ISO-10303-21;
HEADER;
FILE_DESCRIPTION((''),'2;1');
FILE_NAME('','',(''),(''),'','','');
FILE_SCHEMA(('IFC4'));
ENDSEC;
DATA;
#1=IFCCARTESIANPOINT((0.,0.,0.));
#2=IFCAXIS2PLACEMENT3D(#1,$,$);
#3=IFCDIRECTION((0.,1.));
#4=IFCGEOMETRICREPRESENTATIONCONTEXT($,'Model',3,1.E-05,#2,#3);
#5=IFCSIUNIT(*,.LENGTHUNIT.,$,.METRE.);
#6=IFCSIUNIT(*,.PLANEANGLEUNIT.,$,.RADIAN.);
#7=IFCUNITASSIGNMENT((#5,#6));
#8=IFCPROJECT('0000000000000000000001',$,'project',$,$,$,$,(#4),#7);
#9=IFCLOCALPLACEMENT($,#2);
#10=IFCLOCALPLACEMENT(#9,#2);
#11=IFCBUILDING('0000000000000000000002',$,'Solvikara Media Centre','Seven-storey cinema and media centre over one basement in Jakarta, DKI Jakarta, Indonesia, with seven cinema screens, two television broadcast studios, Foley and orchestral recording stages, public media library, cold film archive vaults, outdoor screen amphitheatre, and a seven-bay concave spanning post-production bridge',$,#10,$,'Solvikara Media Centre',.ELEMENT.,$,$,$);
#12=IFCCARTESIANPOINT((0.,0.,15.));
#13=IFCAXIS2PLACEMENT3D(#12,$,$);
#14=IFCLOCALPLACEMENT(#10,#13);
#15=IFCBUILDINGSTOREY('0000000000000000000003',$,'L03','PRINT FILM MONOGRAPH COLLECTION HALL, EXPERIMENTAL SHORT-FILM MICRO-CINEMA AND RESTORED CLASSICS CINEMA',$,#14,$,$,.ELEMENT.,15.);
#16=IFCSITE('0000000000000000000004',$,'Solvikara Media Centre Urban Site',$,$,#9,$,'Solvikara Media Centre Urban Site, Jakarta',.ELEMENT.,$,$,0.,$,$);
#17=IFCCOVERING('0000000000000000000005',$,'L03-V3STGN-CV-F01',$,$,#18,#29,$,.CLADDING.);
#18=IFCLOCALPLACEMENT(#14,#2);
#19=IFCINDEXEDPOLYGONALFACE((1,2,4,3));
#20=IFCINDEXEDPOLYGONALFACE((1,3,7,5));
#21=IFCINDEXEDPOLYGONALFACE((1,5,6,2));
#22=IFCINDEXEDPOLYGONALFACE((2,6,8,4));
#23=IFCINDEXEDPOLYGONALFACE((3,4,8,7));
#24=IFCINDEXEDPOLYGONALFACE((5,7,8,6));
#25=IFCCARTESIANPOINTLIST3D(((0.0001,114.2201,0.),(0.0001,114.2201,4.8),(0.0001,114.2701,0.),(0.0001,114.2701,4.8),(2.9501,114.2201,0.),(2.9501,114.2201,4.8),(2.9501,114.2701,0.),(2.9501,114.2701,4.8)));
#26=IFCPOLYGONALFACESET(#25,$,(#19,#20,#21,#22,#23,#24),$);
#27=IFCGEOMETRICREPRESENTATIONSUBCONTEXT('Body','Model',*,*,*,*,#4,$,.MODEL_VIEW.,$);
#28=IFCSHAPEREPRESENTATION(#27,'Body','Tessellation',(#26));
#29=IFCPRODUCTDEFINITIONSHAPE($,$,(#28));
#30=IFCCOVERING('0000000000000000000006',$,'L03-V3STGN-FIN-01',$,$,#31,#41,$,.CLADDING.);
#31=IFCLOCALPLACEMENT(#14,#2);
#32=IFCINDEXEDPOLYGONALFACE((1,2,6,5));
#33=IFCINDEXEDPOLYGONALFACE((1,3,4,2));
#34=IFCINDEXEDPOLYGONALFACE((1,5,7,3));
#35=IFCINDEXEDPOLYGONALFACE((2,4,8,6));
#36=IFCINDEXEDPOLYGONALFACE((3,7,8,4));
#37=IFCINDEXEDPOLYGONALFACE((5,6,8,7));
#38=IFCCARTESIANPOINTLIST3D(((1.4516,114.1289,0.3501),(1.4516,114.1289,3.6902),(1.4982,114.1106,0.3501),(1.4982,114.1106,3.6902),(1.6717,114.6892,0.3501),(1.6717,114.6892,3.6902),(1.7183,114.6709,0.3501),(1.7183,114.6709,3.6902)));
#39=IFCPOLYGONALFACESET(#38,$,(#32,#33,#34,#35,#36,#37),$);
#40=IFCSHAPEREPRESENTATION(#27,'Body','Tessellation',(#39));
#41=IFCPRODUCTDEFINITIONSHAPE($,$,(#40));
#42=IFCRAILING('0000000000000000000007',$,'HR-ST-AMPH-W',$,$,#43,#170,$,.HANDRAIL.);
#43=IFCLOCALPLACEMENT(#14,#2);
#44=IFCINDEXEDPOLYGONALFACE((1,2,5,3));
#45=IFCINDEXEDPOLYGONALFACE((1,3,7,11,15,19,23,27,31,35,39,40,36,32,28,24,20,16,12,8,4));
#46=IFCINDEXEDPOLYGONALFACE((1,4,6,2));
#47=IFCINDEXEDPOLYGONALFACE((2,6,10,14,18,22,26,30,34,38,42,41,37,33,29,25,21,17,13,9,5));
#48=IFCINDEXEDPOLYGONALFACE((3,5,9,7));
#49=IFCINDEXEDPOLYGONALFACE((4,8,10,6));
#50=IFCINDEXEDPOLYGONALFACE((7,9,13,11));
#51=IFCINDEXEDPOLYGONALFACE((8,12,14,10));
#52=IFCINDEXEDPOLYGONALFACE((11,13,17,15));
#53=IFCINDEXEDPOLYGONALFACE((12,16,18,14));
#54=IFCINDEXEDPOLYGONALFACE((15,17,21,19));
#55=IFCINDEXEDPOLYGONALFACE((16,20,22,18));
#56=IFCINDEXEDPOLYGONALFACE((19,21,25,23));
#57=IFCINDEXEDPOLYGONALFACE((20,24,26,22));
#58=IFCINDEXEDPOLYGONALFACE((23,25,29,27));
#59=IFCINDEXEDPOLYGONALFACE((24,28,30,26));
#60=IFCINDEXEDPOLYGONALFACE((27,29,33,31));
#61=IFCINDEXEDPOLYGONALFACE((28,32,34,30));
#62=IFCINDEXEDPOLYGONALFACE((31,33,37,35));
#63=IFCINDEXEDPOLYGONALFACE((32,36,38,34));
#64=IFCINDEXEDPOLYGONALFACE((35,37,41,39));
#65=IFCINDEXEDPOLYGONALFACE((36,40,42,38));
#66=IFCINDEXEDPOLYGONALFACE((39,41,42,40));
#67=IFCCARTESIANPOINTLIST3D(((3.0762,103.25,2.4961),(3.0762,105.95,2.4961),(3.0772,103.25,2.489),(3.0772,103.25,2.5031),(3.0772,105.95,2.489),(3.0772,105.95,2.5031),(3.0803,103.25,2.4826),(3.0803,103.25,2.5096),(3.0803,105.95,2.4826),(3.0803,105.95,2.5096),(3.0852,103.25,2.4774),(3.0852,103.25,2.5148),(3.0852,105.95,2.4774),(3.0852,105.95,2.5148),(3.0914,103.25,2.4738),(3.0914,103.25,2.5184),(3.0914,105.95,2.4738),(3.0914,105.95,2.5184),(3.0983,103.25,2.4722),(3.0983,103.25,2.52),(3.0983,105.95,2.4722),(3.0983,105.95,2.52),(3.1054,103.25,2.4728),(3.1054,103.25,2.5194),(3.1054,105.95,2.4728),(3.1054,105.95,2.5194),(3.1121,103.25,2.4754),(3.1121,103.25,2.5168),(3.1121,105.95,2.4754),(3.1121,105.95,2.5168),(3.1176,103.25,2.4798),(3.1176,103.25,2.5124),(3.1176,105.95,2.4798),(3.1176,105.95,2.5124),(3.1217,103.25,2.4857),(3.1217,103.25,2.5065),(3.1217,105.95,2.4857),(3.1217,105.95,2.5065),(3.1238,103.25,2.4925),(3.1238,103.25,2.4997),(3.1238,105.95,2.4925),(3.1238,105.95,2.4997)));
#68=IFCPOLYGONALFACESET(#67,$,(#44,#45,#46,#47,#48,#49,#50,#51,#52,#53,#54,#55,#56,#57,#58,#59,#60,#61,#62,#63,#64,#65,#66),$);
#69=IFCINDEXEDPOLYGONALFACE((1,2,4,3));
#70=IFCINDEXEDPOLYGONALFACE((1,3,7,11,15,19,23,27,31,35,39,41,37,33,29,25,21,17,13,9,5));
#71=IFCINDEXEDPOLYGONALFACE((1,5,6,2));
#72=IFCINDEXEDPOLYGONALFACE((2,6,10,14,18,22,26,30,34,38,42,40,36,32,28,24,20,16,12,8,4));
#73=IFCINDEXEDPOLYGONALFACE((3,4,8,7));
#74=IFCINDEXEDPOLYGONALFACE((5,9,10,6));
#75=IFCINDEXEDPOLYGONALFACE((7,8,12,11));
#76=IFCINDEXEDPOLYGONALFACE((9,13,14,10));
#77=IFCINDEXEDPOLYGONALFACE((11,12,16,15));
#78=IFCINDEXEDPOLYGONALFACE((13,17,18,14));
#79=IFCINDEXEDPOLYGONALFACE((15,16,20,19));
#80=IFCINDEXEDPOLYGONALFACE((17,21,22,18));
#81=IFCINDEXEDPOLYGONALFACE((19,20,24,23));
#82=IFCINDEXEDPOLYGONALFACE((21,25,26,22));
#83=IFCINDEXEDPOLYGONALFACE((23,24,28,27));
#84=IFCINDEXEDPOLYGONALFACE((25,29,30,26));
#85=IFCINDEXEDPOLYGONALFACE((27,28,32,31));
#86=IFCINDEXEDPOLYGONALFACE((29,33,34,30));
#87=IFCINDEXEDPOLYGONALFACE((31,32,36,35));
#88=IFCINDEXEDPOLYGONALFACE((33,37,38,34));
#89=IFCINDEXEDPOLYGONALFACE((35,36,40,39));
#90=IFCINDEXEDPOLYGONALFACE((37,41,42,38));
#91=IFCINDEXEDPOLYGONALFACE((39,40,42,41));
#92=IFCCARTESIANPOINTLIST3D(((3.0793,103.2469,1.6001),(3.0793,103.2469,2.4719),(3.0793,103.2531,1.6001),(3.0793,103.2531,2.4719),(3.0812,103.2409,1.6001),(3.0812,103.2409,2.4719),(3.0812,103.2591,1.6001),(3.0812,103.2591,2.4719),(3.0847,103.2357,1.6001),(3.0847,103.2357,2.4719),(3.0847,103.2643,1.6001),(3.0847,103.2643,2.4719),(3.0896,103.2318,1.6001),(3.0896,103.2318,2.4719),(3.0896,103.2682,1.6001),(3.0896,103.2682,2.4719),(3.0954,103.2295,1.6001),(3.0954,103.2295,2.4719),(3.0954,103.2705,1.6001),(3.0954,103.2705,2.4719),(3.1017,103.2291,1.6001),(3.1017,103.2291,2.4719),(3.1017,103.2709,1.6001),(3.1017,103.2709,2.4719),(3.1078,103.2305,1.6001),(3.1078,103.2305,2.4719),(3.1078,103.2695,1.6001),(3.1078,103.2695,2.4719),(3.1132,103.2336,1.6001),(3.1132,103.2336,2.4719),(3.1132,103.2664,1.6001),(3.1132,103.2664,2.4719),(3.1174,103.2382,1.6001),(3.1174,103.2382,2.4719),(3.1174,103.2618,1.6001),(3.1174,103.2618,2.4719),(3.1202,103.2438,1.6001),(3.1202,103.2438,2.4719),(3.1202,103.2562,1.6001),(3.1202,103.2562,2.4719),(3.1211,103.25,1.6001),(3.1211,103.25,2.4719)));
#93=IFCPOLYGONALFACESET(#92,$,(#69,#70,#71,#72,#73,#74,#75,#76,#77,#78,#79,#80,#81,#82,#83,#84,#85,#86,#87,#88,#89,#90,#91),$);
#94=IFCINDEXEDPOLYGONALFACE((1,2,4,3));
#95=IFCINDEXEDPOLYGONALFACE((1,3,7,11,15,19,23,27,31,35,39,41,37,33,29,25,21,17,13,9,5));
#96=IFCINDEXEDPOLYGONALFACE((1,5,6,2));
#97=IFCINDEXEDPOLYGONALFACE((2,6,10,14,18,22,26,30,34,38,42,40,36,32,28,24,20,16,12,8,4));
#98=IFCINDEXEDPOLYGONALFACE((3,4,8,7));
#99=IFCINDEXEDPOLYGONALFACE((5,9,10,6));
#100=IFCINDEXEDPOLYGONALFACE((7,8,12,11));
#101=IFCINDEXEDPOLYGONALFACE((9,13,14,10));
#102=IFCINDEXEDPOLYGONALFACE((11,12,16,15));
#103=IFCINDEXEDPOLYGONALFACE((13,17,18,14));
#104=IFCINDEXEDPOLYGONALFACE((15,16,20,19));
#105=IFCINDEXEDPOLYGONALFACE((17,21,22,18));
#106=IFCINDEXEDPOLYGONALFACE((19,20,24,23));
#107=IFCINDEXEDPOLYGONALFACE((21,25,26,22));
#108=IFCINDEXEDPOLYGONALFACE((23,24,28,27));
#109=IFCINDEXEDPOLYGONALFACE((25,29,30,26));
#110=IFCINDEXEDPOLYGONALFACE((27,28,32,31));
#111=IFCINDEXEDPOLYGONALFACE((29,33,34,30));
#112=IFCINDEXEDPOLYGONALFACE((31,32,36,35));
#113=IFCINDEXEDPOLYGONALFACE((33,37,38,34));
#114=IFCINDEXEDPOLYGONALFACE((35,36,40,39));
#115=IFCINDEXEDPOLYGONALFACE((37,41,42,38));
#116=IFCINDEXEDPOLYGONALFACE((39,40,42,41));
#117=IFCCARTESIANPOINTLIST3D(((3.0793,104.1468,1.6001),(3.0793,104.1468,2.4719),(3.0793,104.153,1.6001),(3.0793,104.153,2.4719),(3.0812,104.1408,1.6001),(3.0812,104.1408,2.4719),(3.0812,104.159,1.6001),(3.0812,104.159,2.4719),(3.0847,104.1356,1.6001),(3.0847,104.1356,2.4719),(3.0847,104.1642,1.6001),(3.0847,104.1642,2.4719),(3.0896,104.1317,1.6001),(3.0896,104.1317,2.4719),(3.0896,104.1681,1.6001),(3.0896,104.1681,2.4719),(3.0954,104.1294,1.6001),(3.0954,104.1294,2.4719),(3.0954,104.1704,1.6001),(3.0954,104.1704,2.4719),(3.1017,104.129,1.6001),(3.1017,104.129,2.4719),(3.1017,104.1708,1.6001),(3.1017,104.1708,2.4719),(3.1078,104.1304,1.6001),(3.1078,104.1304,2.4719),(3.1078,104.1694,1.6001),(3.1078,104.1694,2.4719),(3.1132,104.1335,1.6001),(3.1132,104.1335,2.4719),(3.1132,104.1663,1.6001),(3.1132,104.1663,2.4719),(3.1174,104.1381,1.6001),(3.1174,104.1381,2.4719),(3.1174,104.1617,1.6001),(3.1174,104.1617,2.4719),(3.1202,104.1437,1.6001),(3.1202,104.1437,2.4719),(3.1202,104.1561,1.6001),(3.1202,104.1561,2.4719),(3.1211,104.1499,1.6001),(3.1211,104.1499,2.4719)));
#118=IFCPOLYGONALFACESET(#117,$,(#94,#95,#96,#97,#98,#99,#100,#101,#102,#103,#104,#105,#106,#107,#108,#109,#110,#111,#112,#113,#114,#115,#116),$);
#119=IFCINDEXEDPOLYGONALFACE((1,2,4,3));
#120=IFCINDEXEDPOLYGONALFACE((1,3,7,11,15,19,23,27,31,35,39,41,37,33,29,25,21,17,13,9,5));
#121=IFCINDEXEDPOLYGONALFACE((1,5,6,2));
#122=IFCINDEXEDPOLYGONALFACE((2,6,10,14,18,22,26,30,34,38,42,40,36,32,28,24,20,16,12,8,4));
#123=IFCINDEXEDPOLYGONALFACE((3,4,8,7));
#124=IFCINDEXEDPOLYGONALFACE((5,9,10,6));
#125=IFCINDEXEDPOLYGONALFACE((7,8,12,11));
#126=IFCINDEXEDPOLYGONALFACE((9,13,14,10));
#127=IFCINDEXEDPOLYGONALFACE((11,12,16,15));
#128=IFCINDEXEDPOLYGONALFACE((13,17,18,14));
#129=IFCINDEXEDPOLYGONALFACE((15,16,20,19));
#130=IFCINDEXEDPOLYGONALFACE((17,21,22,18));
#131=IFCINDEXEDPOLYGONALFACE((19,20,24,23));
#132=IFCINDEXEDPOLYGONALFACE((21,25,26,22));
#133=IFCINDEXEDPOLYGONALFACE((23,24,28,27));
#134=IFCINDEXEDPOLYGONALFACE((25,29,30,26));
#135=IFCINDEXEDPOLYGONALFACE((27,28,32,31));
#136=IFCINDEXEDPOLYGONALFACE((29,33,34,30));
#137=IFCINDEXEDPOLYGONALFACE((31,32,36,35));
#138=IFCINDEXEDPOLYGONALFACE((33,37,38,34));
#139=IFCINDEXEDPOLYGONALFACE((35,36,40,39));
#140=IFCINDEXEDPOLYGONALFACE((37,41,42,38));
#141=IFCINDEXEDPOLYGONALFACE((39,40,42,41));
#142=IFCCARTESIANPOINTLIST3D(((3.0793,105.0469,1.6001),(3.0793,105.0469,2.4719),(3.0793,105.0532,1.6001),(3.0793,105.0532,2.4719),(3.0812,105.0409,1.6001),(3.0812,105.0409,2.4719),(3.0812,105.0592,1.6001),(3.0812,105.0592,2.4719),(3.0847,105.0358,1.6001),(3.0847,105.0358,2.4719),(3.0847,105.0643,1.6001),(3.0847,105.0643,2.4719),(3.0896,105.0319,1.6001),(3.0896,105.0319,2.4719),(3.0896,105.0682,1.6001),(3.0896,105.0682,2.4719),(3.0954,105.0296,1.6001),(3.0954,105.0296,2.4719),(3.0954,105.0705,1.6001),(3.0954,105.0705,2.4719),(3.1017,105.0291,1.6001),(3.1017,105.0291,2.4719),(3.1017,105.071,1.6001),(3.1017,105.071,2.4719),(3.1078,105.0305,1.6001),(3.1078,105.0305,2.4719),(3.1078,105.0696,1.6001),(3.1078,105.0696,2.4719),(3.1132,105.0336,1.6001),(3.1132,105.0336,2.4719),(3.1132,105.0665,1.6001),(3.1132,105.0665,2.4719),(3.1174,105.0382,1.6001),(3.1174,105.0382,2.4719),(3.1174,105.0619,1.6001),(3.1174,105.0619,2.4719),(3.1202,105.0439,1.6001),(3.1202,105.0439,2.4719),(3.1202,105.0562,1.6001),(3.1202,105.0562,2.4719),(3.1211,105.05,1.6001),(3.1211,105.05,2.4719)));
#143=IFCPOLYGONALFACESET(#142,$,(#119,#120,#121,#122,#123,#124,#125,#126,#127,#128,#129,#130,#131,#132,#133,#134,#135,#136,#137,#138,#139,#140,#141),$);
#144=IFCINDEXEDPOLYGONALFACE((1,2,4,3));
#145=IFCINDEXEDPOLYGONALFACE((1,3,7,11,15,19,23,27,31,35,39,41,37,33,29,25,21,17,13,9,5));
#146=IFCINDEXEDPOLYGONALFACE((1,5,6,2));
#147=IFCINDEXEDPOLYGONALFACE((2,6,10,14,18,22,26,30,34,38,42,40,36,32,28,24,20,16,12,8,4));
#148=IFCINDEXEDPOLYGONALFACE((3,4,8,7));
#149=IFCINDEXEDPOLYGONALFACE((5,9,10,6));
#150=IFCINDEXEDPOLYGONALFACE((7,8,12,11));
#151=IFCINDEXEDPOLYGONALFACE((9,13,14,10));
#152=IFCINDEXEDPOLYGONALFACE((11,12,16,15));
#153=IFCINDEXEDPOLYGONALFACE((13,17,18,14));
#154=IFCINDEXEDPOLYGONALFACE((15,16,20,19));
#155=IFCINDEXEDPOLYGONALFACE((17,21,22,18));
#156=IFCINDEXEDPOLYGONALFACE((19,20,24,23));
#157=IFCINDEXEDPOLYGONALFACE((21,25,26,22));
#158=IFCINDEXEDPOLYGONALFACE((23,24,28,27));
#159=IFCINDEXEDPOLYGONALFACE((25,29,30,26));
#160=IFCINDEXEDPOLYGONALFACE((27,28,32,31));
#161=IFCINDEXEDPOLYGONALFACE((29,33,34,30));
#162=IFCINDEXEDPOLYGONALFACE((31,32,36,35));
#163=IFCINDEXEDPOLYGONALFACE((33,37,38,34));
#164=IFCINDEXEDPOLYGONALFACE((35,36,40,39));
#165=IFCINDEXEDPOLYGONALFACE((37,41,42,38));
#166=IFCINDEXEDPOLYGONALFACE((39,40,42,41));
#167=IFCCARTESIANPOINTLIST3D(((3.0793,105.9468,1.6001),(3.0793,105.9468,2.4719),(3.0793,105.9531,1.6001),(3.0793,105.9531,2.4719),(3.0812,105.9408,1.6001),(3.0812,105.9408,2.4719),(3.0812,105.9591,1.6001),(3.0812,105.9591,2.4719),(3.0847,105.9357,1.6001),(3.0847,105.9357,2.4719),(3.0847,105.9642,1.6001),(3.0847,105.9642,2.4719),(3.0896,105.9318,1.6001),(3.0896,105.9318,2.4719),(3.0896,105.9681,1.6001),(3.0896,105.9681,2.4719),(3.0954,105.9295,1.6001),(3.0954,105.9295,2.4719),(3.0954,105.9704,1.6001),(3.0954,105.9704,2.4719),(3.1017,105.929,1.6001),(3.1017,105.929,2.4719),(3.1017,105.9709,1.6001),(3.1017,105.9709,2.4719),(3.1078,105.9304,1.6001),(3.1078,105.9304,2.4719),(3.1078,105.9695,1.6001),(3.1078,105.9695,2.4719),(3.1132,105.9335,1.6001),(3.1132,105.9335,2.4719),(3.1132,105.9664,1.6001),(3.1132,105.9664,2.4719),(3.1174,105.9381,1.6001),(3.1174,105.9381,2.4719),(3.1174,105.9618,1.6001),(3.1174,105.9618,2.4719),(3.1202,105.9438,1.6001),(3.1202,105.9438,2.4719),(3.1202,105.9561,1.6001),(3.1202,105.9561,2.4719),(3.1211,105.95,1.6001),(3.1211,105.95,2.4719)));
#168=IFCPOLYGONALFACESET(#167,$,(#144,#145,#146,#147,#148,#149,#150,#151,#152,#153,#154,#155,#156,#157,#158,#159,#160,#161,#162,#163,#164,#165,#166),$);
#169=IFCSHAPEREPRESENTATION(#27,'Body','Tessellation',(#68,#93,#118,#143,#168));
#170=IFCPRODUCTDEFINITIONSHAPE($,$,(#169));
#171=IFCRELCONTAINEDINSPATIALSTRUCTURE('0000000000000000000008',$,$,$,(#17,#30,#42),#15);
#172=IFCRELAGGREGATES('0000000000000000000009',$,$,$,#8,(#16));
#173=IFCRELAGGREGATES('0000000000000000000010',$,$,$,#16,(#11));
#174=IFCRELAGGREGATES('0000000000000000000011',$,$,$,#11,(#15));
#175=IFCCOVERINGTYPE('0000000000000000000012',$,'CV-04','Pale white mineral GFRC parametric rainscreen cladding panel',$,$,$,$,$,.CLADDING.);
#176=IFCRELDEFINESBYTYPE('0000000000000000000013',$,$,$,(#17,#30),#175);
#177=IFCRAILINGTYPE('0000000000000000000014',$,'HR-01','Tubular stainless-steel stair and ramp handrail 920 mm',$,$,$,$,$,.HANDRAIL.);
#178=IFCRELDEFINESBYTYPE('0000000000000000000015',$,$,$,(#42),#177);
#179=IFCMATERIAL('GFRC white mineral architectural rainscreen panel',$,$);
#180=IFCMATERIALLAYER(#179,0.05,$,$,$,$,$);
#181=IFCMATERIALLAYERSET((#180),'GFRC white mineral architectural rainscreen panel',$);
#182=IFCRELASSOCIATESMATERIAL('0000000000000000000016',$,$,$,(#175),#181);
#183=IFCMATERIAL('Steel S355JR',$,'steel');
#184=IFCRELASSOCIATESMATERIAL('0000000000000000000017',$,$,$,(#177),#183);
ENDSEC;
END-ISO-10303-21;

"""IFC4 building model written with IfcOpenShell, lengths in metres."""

from ifc_helpers import new_model, si_unit, direction, frame, origin, origin_2d, place, context, subcontext, project, spatial, rectangle, circle, extrude, material, layer, layer_set, type_object, element, save


model = new_model("IFC4")

# Units and contexts
model_context = context("Model", 3, precision=1e-05, world=origin(), true_north=direction((0.0, 1.0)))
body_context = subcontext(model_context, "Body", "Model", "MODEL_VIEW")
ifc_project = project(units=[si_unit("LENGTHUNIT", "METRE"), si_unit("PLANEANGLEUNIT", "RADIAN")], contexts=[model_context])

# Site, building, storey
site_placement = place(None, origin())
site = spatial("IfcSite", under=ifc_project, at=site_placement, Name="Solvikara Media Centre Urban Site", LongName="Solvikara Media Centre Urban Site, Jakarta", CompositionType="ELEMENT", RefElevation=0.0)
building_placement = place(site_placement, origin())
building = spatial("IfcBuilding", under=site, at=building_placement, Name="Solvikara Media Centre", Description="Seven-storey cinema and media centre over one basement in Jakarta, DKI Jakarta, Indonesia, with seven cinema screens, two television broadcast studios, Foley and orchestral recording stages, public media library, cold film archive vaults, outdoor screen amphitheatre, and a seven-bay concave spanning post-production bridge", LongName="Solvikara Media Centre", CompositionType="ELEMENT")
storey_placement = place(building_placement, frame((0.0, 0.0, 15.0)))
storey = spatial("IfcBuildingStorey", under=building, at=storey_placement, Name="L03", Description="PRINT FILM MONOGRAPH COLLECTION HALL, EXPERIMENTAL SHORT-FILM MICRO-CINEMA AND RESTORED CLASSICS CINEMA", CompositionType="ELEMENT", Elevation=15.0)

# Shared definitions
ifc_material_1 = material(Name="Steel S355JR", Category="steel")

# Coverings
ifc_material_2 = material(Name="GFRC white mineral architectural rainscreen panel")
ifc_layer_1 = layer(ifc_material_2, 0.05)
ifc_layer_set_1 = layer_set([ifc_layer_1], Name="GFRC white mineral architectural rainscreen panel")
covering_type = type_object("IfcCoveringType", Name="CV-04", Description="Pale white mineral GFRC parametric rainscreen cladding panel", PredefinedType="CLADDING", material=ifc_layer_set_1)
covering_1_placement = place(storey_placement, frame((1.4751, 114.2451, 0.0), z_axis=(0.0, 0.0, 1.0), x_axis=(1.0, 0.0, 0.0)))
element("IfcCovering", 1, at=covering_1_placement, inside=storey, type_object=covering_type, Name="L03-V3STGN-CV-F01", PredefinedType="CLADDING", context=body_context, shape_type="SweptSolid", body=[
    extrude(rectangle(XDim=2.95, YDim=0.05, at=origin_2d()), origin(), (0.0, 0.0, 1.0), 4.8),
])
covering_2_placement = place(storey_placement, frame((1.585, 114.3999, 0.3501), z_axis=(0.0, 0.0, 1.0), x_axis=(0.365657, 0.93075, 0.0)))
element("IfcCovering", 2, at=covering_2_placement, inside=storey, type_object=covering_type, Name="L03-V3STGN-FIN-01", PredefinedType="CLADDING", context=body_context, shape_type="SweptSolid", body=[
    extrude(rectangle(XDim=0.6021, YDim=0.05, at=origin_2d()), origin(), (0.0, 0.0, 1.0), 3.3401),
])

# Railing
railing_type = type_object("IfcRailingType", Name="HR-01", Description="Tubular stainless-steel stair and ramp handrail 920 mm", PredefinedType="HANDRAIL", material=ifc_material_1)
railing_placement = place(storey_placement, frame((3.1001, 103.25, 1.6001)))
element("IfcRailing", 3, at=railing_placement, inside=storey, type_object=railing_type, Name="HR-ST-AMPH-W", PredefinedType="HANDRAIL", context=body_context, shape_type="SweptSolid", body=[
    extrude(circle(Radius=0.0239, at=origin_2d()), frame((0.0, 0.0, 0.896), z_axis=(0.0, 1.0, 0.0), x_axis=(-1.0, 0.0, 0.0)), (0.0, 0.0, 1.0), 2.7),
    extrude(circle(Radius=0.021, at=origin_2d()), origin(), (0.0, 0.0, 1.0), 0.8718),
    extrude(circle(Radius=0.021, at=origin_2d()), frame((0.0, 0.8999, 0.0)), (0.0, 0.0, 1.0), 0.8718),
    extrude(circle(Radius=0.021, at=origin_2d()), frame((0.0, 1.8, 0.0)), (0.0, 0.0, 1.0), 0.8718),
    extrude(circle(Radius=0.021, at=origin_2d()), frame((0.0, 2.7, 0.0)), (0.0, 0.0, 1.0), 0.8718),
])

save(model, "model.ifc")
